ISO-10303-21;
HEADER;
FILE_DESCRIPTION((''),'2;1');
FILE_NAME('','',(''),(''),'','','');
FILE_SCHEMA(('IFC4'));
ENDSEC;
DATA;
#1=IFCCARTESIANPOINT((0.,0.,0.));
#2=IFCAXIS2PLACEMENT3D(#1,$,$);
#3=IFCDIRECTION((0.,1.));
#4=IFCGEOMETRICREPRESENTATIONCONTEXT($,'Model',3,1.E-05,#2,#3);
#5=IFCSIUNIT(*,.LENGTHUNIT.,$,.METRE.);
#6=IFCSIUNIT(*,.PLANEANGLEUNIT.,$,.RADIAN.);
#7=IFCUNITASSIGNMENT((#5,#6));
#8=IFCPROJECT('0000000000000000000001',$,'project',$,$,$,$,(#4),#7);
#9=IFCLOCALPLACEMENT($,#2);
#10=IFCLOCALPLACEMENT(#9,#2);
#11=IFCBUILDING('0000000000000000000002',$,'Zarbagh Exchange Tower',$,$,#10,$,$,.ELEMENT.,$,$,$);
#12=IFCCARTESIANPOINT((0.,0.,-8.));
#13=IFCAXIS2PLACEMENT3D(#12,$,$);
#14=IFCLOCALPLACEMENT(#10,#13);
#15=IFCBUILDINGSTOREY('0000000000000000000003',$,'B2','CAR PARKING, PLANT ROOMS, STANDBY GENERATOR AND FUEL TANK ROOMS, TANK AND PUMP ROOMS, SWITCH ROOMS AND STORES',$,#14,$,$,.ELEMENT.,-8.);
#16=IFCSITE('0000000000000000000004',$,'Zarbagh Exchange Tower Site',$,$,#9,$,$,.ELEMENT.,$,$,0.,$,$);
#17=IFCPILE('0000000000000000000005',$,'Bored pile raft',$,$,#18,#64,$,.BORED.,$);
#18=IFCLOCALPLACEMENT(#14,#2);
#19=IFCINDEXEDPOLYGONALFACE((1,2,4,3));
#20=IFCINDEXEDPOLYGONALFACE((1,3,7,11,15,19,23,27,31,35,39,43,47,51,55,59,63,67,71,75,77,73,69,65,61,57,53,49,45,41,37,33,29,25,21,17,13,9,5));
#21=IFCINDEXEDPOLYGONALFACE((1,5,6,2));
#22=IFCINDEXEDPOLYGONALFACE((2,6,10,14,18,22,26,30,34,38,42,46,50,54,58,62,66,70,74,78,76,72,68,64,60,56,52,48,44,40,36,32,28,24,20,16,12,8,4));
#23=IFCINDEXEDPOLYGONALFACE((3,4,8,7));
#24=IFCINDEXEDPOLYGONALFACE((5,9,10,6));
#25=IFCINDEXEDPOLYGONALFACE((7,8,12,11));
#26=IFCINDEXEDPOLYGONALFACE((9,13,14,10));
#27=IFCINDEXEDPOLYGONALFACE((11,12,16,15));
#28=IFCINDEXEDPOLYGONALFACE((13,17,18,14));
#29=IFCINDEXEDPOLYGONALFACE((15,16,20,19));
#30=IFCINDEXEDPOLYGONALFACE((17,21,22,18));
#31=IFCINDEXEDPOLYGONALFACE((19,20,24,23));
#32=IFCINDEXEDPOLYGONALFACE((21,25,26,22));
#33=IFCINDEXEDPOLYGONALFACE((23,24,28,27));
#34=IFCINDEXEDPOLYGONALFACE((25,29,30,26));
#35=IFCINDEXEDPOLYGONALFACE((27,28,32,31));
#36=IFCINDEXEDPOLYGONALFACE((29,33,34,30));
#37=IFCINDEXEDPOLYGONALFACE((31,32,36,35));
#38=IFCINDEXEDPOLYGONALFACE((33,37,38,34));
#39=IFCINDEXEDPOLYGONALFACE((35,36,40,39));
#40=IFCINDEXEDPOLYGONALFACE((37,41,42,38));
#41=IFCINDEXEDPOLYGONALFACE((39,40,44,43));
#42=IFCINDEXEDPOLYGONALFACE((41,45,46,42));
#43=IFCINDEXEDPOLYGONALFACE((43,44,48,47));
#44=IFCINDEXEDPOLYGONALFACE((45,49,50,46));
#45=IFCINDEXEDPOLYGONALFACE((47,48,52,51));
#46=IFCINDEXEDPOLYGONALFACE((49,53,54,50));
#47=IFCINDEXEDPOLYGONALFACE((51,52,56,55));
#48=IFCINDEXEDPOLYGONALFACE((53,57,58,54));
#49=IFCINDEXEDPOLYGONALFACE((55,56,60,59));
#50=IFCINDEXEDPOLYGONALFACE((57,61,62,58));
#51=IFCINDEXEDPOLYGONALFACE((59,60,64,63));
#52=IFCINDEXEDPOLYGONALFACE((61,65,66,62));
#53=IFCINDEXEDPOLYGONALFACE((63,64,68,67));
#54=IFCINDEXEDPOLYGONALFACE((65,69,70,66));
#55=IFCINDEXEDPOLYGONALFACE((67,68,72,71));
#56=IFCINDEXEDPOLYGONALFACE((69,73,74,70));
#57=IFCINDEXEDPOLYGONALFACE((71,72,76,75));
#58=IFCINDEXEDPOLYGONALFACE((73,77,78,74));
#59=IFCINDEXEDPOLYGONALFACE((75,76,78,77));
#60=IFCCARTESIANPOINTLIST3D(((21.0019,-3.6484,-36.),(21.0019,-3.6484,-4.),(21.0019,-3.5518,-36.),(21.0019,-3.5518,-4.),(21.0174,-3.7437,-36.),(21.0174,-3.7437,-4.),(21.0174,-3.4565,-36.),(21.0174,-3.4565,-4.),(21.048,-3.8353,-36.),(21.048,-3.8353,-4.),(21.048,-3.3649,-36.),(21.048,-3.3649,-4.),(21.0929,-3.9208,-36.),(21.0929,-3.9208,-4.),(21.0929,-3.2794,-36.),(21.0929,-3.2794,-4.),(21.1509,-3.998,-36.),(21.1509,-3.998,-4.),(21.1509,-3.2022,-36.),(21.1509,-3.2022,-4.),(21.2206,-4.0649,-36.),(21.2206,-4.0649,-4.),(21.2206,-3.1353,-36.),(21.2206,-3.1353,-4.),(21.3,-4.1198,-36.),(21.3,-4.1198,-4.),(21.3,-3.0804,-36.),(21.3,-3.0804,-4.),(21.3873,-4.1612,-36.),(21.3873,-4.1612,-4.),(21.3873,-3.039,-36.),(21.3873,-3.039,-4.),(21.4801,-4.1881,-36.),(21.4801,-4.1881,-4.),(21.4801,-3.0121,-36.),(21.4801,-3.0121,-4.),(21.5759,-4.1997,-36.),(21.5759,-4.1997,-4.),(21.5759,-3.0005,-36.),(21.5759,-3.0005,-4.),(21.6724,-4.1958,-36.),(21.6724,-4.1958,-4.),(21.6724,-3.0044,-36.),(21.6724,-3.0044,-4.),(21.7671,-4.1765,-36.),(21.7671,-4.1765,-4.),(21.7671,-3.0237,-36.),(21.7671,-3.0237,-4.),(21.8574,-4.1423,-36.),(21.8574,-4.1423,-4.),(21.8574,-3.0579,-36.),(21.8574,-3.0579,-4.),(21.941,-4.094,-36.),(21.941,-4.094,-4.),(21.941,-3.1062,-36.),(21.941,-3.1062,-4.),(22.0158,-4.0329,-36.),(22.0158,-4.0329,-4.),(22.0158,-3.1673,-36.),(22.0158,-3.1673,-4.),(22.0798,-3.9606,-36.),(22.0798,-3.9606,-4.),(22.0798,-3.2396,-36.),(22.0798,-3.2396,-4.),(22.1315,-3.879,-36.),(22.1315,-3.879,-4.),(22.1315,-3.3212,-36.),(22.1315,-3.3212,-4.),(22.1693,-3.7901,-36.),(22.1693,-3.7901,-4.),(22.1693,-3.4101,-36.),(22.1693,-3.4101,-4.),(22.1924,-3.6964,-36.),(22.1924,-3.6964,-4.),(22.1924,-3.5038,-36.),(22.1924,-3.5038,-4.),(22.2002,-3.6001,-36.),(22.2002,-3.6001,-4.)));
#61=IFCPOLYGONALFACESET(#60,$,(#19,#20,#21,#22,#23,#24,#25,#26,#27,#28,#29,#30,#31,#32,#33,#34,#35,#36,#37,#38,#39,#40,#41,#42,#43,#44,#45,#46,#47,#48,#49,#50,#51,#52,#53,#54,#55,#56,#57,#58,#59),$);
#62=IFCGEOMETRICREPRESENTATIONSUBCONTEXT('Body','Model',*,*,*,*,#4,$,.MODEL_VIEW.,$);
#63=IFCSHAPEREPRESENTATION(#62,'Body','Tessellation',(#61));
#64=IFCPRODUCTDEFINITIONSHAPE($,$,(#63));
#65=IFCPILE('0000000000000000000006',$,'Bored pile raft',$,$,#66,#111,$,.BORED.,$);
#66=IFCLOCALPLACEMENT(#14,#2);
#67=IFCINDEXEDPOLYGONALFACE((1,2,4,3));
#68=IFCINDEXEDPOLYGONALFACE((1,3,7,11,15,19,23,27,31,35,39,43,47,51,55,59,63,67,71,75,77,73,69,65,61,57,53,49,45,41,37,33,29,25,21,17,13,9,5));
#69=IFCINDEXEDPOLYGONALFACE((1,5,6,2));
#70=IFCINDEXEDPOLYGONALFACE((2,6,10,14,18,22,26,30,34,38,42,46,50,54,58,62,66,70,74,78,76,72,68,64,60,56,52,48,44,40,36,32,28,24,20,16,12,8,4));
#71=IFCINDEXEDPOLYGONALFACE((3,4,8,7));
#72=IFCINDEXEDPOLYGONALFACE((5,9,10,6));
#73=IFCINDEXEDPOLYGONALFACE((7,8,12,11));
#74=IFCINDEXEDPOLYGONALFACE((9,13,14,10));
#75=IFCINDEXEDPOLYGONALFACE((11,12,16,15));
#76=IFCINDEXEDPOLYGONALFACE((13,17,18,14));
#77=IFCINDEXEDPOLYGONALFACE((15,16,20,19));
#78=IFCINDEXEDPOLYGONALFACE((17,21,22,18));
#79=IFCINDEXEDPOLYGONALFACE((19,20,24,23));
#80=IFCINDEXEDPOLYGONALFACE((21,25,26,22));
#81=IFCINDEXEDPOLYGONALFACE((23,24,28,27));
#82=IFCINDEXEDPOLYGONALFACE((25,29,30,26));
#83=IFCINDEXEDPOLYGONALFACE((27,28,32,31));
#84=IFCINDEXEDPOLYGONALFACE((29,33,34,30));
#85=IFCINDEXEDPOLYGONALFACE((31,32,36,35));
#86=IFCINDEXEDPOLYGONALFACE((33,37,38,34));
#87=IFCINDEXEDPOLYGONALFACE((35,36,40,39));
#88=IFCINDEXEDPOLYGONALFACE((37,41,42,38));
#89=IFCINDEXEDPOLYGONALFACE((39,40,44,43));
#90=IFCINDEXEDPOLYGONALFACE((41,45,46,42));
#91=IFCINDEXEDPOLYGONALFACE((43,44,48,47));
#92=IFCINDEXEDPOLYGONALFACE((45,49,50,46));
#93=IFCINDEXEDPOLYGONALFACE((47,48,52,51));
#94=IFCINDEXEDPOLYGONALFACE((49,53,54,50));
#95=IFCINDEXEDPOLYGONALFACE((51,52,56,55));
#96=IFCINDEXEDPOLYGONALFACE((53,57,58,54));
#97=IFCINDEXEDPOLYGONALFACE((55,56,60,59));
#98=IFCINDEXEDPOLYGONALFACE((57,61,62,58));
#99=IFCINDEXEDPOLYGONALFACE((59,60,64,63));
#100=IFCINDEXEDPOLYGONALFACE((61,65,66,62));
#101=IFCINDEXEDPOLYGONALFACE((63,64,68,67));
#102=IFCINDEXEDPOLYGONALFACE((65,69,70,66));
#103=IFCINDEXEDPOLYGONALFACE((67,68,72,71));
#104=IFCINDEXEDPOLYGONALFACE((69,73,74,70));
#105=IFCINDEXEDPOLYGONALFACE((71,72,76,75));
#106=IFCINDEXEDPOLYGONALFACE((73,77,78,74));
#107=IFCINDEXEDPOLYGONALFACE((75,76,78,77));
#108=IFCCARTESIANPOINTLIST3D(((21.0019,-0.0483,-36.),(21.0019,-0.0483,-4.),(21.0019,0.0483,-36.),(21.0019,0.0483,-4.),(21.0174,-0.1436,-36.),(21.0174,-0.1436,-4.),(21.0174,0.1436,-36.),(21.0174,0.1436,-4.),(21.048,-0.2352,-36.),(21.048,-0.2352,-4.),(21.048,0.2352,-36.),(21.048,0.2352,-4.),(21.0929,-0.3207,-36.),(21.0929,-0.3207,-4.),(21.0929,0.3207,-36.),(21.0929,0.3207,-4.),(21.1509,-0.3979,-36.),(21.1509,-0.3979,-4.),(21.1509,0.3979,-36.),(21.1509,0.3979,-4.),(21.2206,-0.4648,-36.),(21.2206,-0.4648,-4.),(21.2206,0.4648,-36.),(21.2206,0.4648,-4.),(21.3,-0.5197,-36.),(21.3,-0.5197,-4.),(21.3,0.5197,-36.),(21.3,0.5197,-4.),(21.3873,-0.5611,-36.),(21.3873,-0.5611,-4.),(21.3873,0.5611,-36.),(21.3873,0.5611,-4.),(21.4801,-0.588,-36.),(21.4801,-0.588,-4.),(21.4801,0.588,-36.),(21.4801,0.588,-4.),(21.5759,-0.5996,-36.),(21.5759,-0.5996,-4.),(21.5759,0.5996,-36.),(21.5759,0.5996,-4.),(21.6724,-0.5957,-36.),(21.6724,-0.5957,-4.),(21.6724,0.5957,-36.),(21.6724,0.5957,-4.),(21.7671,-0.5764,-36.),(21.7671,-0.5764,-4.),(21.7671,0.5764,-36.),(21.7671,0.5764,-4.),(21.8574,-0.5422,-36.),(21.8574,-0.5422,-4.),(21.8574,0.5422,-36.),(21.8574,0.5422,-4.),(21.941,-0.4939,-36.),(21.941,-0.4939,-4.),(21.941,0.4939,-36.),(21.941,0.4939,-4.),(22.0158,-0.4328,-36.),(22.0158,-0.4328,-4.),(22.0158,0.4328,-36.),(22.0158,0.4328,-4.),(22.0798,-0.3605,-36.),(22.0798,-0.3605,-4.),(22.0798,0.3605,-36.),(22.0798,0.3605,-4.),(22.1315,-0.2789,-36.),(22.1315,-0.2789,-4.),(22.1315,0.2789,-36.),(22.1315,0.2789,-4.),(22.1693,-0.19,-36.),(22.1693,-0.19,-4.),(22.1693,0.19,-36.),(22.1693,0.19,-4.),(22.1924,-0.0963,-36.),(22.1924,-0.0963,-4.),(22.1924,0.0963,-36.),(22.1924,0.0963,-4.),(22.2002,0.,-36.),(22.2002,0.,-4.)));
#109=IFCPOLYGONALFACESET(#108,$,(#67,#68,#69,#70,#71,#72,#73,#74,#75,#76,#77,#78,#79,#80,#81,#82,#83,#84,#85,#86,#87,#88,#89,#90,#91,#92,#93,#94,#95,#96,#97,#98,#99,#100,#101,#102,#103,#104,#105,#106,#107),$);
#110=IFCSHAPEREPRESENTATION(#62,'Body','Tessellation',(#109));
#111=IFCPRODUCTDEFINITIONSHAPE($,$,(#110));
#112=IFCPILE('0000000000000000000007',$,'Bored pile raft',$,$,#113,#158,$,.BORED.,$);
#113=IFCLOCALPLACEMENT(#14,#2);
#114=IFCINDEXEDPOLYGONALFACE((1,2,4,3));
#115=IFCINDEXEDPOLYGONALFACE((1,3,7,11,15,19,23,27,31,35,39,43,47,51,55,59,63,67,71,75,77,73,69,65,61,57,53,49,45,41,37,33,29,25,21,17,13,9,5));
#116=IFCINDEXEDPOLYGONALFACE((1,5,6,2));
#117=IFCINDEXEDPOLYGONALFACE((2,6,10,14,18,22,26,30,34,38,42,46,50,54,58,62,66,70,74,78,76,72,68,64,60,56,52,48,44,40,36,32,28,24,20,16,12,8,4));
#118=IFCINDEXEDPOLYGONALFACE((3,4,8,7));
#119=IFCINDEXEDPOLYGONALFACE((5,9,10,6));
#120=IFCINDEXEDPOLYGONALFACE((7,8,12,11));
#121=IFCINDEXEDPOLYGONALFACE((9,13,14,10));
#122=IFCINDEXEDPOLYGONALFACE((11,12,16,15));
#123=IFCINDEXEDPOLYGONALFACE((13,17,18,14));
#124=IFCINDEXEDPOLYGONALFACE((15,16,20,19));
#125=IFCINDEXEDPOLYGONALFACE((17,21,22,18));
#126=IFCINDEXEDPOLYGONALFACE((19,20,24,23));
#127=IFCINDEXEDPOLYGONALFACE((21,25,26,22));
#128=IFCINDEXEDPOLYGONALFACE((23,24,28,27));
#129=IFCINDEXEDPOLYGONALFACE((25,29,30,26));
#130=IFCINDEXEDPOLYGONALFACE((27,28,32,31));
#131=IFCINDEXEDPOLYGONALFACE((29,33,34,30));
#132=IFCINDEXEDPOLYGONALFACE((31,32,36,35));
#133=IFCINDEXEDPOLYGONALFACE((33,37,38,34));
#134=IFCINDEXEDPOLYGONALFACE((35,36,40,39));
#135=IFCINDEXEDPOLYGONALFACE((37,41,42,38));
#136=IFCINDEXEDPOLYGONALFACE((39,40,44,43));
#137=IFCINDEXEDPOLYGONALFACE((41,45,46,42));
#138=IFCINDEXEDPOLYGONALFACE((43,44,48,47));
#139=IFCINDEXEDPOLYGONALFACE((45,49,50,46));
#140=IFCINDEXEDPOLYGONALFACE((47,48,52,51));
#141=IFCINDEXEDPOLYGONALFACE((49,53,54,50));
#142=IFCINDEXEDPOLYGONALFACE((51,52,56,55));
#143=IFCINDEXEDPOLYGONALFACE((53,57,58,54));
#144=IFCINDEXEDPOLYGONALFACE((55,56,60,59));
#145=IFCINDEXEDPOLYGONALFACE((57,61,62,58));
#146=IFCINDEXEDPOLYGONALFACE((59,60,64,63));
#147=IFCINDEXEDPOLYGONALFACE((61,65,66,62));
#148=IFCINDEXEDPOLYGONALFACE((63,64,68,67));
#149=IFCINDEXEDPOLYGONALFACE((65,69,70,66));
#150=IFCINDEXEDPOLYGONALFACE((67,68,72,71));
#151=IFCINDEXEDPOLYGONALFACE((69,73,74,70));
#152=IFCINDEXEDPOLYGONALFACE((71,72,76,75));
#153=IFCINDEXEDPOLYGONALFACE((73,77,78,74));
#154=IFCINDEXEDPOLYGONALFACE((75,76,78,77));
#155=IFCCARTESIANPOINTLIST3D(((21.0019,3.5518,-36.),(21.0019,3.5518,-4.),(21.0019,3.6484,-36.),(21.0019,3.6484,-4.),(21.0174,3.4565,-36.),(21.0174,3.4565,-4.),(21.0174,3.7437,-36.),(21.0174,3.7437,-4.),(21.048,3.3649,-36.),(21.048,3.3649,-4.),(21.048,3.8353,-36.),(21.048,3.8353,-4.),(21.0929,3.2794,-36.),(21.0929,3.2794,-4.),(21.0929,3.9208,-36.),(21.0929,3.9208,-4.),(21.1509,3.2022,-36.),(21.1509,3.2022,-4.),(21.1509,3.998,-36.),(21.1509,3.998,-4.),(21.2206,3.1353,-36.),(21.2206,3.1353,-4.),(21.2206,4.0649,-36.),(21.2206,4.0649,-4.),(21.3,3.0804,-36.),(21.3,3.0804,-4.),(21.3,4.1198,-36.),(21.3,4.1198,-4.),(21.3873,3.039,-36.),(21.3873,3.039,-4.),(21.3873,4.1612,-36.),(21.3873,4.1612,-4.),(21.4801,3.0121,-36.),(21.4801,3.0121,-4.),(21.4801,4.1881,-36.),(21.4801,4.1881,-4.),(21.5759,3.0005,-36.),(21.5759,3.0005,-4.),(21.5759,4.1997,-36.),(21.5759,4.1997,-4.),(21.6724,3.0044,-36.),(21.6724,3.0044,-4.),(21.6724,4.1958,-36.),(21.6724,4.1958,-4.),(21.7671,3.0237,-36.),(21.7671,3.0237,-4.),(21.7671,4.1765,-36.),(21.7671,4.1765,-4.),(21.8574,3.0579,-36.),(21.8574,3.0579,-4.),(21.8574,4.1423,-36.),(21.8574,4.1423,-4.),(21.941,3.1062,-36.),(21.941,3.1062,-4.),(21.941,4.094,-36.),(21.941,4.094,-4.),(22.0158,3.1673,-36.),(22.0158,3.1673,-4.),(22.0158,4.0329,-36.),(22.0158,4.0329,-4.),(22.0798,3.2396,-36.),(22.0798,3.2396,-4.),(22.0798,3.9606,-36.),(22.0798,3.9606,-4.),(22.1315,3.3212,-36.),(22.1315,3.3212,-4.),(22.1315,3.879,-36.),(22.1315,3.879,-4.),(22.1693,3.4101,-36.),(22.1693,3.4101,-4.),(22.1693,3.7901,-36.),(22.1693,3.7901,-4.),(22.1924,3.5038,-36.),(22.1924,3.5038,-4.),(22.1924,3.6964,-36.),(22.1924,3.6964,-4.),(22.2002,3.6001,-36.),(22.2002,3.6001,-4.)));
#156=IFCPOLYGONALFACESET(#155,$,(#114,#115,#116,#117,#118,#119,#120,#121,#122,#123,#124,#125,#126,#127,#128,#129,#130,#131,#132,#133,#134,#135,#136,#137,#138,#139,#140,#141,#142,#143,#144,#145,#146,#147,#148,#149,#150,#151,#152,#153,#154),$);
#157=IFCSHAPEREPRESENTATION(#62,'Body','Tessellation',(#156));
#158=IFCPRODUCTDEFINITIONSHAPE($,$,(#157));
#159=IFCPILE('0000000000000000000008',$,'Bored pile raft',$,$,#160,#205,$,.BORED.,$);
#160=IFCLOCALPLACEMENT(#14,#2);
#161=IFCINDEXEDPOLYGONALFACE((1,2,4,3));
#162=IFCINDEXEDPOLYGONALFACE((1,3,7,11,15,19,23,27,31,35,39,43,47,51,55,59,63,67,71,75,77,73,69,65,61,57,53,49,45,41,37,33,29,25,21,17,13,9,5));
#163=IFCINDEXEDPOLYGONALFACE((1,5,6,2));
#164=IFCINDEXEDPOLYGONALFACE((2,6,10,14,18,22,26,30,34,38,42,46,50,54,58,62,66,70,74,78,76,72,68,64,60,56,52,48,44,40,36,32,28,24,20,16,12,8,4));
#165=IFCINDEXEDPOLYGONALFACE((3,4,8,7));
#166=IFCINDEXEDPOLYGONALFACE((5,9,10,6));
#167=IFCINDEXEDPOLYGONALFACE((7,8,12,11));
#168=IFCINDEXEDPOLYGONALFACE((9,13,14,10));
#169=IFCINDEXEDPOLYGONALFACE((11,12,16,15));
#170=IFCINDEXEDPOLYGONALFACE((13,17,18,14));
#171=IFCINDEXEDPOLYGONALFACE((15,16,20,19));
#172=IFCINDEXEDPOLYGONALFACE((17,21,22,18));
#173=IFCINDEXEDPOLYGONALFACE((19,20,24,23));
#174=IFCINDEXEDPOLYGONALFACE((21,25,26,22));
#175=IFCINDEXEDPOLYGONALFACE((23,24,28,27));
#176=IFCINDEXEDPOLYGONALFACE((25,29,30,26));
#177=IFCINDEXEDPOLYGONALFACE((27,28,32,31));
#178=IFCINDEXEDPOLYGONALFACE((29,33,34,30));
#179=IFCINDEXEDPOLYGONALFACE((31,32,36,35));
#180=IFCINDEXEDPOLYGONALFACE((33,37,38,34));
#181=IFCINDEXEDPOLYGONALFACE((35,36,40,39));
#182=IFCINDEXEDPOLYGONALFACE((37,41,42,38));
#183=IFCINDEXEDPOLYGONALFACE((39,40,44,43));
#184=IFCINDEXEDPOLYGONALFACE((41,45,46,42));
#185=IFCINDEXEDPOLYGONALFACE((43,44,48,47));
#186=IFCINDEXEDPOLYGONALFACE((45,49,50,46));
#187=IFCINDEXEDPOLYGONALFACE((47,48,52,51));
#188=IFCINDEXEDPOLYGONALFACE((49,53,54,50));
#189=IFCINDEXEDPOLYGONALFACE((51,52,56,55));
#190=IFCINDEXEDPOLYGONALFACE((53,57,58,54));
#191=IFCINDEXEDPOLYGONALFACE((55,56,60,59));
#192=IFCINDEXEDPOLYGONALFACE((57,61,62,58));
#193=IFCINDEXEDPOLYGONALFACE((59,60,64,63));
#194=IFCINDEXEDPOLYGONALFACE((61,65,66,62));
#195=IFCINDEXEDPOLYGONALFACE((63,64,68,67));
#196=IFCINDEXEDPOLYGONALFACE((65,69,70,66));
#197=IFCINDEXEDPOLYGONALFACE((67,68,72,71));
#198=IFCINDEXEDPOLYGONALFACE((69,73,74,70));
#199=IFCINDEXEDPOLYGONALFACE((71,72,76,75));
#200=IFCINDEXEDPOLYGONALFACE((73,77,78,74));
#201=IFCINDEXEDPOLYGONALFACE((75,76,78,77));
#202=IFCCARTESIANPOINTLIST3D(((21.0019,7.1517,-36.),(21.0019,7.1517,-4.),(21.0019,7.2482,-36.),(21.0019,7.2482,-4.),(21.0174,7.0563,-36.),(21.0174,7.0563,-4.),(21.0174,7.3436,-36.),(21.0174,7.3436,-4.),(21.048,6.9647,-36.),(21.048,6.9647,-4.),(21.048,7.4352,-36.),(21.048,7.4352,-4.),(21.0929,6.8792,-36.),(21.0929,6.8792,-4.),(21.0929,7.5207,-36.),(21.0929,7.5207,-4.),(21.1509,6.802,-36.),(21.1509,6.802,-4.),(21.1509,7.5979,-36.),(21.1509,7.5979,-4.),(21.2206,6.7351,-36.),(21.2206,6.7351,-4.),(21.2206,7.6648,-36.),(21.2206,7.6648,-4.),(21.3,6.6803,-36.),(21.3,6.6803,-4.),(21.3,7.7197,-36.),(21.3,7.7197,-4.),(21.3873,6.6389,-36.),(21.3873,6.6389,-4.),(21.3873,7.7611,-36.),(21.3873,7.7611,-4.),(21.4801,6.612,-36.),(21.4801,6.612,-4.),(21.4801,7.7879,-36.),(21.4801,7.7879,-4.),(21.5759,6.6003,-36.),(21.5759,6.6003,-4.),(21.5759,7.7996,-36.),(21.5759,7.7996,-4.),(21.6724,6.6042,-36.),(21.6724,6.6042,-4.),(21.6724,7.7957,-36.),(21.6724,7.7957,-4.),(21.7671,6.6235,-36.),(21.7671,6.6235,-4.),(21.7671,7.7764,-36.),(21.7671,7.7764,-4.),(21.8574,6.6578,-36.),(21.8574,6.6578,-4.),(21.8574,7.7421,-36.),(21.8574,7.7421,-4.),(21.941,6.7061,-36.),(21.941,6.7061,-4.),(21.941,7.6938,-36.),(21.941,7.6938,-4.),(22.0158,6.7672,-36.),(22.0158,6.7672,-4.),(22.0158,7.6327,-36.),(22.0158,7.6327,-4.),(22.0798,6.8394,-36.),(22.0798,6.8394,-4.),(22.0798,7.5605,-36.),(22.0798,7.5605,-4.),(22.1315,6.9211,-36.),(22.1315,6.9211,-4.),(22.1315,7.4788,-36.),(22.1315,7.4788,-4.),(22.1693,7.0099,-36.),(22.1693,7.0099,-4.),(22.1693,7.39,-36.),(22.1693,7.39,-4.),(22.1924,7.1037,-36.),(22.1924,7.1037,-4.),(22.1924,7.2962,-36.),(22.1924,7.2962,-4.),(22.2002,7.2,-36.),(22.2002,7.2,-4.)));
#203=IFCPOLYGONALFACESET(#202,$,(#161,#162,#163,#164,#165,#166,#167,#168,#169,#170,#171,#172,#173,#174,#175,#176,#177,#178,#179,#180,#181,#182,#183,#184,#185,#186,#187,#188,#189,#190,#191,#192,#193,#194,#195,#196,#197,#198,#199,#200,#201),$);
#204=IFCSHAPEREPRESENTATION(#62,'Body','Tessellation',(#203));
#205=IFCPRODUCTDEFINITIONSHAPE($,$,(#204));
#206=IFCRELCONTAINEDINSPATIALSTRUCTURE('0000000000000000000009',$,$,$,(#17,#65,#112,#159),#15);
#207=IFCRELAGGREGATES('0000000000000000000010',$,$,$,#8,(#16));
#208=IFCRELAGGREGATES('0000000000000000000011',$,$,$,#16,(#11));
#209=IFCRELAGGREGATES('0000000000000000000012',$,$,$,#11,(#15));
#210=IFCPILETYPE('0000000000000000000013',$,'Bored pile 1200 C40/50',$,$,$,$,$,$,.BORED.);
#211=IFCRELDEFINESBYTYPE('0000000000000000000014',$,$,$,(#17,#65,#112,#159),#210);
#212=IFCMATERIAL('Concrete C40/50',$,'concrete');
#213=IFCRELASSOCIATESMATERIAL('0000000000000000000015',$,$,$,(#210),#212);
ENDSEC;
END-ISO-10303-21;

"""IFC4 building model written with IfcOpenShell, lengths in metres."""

from ifc_helpers import new_model, si_unit, direction, frame, origin, origin_2d, place, context, subcontext, project, spatial, circle, extrude, material, material_profile, profile_set, type_object, element, save


model = new_model("IFC4")

# Units and contexts
model_context = context("Model", 3, precision=1e-05, world=origin(), true_north=direction((0.0, 1.0)))
body_context = subcontext(model_context, "Body", "Model", "MODEL_VIEW")
ifc_project = project(units=[si_unit("LENGTHUNIT", "METRE"), si_unit("PLANEANGLEUNIT", "RADIAN")], contexts=[model_context])

# Site, building, storey
site_placement = place(None, origin())
site = spatial("IfcSite", under=ifc_project, at=site_placement, Name="Zarbagh Exchange Tower Site", CompositionType="ELEMENT", RefElevation=0.0)
building_placement = place(site_placement, origin())
building = spatial("IfcBuilding", under=site, at=building_placement, Name="Zarbagh Exchange Tower", CompositionType="ELEMENT")
storey_placement = place(building_placement, frame((0.0, 0.0, -8.0)))
storey = spatial("IfcBuildingStorey", under=building, at=storey_placement, Name="B2", Description="CAR PARKING, PLANT ROOMS, STANDBY GENERATOR AND FUEL TANK ROOMS, TANK AND PUMP ROOMS, SWITCH ROOMS AND STORES", CompositionType="ELEMENT", Elevation=-8.0)

# Piles
ifc_material_1 = material(Name="Concrete C40/50", Category="concrete")
ifc_material_profile_1 = material_profile(ifc_material_1, circle(Radius=0.6001, at=origin_2d()), Name="Bored pile 1200 C40/50")
ifc_profile_set_1 = profile_set([ifc_material_profile_1], Name="Concrete C40/50")
pile_type = type_object("IfcPileType", Name="Bored pile 1200 C40/50", PredefinedType="BORED", material=ifc_profile_set_1)
for number, where, z_axis, x_axis, name in (
    (1, (21.6001, -3.6001, -4.0), (0.0, 0.0, -1.0), (1.0, 0.0, 0.0), "Bored pile raft"),
    (2, (21.6001, 0.0, -4.0), (0.0, 0.0, -1.0), (1.0, 0.0, 0.0), "Bored pile raft"),
    (3, (21.6001, 3.6001, -4.0), (0.0, 0.0, -1.0), (1.0, 0.0, 0.0), "Bored pile raft"),
    (4, (21.6001, 7.2, -4.0), (0.0, 0.0, -1.0), (1.0, 0.0, 0.0), "Bored pile raft"),
):
    element("IfcPile", number, at=place(storey_placement, frame(where, z_axis=z_axis, x_axis=x_axis)), inside=storey, type_object=pile_type, Name=name, PredefinedType="BORED", context=body_context, shape_type="SweptSolid", body=[
        extrude(circle(Radius=0.6001, at=origin_2d()), origin(), (0.0, 0.0, 1.0), 32.0),
    ])

save(model, "model.ifc")
